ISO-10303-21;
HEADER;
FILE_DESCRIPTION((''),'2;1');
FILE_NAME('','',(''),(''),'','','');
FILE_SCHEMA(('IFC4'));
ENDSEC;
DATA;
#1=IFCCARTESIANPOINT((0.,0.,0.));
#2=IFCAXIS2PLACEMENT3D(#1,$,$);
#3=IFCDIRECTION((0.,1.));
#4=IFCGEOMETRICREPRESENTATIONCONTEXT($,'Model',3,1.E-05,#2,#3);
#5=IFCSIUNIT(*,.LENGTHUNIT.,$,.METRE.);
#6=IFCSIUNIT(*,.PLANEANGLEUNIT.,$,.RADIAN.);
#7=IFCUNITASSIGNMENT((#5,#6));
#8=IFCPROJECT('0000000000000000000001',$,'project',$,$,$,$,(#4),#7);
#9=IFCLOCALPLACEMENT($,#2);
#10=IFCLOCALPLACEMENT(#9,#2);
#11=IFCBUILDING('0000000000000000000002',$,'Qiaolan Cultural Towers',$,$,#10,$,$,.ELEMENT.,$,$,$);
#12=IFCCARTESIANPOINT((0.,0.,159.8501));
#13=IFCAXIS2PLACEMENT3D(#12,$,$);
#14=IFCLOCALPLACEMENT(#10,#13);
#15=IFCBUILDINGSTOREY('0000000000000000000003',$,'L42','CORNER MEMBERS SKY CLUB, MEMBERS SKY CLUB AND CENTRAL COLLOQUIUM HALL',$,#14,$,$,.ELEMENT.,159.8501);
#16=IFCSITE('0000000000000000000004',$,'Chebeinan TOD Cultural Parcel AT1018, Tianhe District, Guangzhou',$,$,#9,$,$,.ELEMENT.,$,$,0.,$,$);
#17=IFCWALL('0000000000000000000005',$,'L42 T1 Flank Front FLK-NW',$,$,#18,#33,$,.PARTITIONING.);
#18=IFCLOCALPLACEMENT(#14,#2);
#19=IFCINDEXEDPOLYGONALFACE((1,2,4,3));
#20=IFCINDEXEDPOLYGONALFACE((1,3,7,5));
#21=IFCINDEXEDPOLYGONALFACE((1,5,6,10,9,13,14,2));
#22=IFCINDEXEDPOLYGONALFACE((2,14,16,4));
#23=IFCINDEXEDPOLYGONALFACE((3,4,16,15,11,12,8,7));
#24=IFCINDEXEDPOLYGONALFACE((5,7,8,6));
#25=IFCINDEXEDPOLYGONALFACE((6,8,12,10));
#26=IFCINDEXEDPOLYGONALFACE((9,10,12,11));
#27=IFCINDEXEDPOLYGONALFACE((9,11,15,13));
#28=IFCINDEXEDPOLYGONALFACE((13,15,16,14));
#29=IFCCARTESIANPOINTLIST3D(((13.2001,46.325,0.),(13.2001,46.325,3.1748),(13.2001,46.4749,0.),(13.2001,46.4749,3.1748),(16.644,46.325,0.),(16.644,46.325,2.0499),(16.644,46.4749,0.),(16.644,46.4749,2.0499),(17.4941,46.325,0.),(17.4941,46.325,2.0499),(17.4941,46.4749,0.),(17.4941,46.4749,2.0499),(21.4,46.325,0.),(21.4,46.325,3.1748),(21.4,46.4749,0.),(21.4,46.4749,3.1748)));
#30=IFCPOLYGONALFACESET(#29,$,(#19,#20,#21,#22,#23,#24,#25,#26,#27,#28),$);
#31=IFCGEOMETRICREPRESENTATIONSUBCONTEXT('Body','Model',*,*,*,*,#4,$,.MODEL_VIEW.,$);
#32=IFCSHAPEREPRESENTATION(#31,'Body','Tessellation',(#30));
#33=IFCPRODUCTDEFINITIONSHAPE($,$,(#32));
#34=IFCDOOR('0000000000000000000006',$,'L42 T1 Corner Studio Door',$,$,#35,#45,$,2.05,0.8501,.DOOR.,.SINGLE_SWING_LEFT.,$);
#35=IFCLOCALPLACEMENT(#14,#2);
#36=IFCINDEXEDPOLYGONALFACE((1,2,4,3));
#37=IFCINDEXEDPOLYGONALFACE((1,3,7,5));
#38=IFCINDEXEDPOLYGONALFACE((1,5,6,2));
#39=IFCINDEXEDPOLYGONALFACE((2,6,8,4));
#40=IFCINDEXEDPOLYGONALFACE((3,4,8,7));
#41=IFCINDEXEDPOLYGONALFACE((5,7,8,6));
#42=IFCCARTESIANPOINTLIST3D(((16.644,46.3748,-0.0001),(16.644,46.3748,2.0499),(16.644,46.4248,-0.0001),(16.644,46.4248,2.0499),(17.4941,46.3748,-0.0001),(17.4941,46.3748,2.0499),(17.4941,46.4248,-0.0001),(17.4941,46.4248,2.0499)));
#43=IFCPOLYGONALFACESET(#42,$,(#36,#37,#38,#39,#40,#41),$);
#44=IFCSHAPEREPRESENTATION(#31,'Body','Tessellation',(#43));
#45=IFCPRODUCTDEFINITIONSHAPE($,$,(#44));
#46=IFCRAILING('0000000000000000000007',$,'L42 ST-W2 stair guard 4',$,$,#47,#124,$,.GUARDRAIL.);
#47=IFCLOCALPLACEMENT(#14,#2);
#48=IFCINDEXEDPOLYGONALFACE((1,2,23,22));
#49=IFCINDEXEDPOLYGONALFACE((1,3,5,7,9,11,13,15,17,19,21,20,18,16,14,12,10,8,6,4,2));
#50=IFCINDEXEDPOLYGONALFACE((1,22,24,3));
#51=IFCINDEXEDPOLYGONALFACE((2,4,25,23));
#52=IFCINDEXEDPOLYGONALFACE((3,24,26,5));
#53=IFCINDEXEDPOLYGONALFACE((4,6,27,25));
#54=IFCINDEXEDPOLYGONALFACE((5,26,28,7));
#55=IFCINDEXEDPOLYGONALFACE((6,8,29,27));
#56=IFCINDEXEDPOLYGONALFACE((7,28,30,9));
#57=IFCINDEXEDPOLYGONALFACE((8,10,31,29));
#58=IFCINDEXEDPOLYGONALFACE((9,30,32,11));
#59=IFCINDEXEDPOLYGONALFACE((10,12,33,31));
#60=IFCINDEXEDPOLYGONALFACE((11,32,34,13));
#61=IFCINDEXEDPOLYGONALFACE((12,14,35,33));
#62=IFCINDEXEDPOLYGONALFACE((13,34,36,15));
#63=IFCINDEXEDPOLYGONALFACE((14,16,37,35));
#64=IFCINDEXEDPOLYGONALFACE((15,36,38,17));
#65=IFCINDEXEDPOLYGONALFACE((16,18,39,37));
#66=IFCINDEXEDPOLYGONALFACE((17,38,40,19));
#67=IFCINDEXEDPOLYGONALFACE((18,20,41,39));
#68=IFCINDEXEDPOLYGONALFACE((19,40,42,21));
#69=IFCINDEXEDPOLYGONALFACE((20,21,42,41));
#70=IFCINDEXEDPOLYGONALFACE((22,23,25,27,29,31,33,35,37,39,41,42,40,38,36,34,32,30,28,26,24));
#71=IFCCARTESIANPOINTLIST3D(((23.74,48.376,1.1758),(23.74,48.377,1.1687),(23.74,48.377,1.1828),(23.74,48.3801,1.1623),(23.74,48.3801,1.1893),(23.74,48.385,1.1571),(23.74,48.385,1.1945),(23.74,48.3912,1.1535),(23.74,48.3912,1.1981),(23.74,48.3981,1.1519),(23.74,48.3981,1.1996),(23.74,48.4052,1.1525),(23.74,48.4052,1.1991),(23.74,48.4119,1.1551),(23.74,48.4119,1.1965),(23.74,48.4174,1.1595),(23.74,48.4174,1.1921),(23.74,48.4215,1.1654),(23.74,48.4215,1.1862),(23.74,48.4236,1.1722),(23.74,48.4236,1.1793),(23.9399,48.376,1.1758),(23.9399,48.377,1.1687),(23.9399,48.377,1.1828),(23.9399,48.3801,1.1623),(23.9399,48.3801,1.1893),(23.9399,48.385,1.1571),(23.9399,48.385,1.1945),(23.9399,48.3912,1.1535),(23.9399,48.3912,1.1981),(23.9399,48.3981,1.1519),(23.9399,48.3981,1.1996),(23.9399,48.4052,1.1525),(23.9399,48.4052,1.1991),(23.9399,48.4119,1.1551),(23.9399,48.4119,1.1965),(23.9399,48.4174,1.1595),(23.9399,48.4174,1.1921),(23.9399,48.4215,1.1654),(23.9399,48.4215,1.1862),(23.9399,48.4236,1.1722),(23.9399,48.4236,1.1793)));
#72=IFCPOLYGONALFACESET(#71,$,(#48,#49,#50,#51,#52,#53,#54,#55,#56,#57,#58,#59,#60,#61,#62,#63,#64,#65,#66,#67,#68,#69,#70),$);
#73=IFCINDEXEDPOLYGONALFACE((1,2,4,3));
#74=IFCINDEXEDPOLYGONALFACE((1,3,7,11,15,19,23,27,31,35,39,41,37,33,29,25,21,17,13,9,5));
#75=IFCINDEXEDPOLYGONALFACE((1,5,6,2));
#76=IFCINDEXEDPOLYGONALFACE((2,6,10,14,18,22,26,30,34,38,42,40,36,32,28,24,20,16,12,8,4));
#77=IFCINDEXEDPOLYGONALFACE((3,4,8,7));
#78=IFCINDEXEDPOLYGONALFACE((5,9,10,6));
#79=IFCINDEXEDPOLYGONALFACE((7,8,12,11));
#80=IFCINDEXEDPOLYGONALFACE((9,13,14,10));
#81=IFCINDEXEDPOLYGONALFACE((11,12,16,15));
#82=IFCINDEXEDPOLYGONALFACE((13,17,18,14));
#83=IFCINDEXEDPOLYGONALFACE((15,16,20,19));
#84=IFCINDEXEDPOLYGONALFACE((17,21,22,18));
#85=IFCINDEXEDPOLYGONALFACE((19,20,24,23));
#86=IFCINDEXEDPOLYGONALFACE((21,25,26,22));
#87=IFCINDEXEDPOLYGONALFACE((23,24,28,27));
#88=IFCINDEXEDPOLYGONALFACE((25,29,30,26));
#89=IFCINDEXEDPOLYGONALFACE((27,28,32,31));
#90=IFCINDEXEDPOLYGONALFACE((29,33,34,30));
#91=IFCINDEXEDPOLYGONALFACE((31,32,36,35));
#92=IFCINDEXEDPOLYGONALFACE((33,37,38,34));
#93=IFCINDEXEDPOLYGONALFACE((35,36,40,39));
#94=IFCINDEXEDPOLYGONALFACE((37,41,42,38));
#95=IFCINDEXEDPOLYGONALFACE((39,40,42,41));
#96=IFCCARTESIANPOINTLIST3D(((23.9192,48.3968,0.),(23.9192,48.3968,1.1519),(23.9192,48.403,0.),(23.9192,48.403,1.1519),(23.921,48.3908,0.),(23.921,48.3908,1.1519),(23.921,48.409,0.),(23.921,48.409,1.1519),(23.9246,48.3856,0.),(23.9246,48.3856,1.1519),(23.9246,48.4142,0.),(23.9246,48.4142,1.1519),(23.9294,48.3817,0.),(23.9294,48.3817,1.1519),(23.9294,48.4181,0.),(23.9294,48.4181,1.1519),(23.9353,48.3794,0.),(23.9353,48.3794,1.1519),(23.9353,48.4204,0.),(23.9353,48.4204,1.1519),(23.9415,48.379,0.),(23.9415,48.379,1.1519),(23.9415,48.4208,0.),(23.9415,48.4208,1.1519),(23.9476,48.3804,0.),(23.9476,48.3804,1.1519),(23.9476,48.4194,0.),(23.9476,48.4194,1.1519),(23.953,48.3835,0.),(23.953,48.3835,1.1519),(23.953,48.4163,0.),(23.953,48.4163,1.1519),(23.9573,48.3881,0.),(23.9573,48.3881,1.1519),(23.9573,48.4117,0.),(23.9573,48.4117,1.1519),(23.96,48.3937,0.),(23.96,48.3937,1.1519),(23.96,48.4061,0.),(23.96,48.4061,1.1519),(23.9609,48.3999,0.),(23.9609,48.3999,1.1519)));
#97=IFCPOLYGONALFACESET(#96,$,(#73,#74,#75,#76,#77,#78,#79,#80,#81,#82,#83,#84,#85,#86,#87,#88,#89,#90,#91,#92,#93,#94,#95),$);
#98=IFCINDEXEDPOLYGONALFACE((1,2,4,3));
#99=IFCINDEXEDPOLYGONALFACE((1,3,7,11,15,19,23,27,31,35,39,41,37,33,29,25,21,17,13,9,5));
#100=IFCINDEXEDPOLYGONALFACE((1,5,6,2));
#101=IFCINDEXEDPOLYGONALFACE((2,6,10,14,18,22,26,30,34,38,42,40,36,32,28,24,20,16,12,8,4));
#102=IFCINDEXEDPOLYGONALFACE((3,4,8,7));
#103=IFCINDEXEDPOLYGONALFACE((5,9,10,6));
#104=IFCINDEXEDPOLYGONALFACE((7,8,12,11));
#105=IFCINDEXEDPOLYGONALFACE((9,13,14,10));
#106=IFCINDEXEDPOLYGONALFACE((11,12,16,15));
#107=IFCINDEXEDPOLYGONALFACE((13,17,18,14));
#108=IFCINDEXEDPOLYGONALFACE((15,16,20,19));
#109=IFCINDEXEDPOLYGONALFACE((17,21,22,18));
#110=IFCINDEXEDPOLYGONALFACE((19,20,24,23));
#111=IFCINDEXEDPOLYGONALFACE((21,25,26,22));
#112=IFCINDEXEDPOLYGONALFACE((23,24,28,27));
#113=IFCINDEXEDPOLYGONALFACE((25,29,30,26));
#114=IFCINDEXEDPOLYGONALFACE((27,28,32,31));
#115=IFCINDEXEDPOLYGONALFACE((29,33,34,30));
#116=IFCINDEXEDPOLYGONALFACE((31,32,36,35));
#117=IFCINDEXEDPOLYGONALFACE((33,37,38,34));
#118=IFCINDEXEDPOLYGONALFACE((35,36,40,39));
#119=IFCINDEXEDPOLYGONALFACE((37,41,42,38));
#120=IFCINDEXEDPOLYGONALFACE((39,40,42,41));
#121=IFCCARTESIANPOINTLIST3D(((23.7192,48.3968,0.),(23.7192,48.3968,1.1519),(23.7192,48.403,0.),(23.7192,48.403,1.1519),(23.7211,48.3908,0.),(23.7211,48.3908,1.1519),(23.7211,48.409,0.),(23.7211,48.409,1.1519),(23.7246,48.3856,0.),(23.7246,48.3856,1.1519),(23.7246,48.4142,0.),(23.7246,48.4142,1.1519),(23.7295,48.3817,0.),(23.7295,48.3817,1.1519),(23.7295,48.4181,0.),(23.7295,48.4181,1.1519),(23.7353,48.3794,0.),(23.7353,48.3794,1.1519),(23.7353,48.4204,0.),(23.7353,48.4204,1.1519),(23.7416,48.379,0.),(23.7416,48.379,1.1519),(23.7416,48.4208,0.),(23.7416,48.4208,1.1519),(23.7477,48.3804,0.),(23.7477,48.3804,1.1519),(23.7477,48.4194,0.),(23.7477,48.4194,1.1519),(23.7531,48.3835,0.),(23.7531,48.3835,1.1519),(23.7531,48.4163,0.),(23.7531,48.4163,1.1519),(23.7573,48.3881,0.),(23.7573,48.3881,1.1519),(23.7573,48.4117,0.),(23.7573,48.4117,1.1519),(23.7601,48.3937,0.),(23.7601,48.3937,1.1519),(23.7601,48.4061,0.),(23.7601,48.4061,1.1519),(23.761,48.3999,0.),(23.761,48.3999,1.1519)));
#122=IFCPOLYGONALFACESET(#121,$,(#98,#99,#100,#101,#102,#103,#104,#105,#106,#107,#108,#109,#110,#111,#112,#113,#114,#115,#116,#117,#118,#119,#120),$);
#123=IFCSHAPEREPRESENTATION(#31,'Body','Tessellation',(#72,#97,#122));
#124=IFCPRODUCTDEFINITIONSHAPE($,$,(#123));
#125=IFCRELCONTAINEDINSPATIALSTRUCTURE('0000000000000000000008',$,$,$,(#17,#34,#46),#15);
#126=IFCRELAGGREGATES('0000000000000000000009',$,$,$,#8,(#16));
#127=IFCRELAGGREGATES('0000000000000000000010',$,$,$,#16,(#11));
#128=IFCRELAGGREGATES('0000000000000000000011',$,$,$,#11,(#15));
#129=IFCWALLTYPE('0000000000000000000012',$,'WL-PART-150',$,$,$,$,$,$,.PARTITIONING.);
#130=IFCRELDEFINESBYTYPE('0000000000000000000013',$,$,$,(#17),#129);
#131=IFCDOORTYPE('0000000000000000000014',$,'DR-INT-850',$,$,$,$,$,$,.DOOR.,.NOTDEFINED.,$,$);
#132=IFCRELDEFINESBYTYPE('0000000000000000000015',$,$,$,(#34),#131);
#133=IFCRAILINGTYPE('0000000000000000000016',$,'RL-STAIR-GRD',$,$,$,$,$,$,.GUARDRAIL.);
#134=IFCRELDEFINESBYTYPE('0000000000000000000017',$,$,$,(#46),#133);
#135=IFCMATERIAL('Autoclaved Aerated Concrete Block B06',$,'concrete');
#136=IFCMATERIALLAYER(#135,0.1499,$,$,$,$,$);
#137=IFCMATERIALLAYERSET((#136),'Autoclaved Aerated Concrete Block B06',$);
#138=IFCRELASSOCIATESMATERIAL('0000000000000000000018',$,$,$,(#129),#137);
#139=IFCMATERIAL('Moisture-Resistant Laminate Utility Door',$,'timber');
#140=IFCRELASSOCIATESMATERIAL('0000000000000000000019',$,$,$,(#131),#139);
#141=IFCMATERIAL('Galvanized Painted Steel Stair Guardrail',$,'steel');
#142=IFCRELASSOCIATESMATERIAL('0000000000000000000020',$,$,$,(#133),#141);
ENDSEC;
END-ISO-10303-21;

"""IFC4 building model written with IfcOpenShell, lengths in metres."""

from ifc_helpers import new_model, si_unit, direction, frame, frame_2d, origin, origin_2d, place, context, subcontext, project, spatial, rectangle, circle, extrude, material, layer, layer_set, type_object, element, fill, save


model = new_model("IFC4")

# Units and contexts
model_context = context("Model", 3, precision=1e-05, world=origin(), true_north=direction((0.0, 1.0)))
body_context = subcontext(model_context, "Body", "Model", "MODEL_VIEW")
ifc_project = project(units=[si_unit("LENGTHUNIT", "METRE"), si_unit("PLANEANGLEUNIT", "RADIAN")], contexts=[model_context])

# Site, building, storey
site_placement = place(None, origin())
site = spatial("IfcSite", under=ifc_project, at=site_placement, Name="Chebeinan TOD Cultural Parcel AT1018, Tianhe District, Guangzhou", CompositionType="ELEMENT", RefElevation=0.0)
building_placement = place(site_placement, origin())
building = spatial("IfcBuilding", under=site, at=building_placement, Name="Qiaolan Cultural Towers", CompositionType="ELEMENT")
storey_placement = place(building_placement, frame((0.0, 0.0, 159.8501)))
storey = spatial("IfcBuildingStorey", under=building, at=storey_placement, Name="L42", Description="CORNER MEMBERS SKY CLUB, MEMBERS SKY CLUB AND CENTRAL COLLOQUIUM HALL", CompositionType="ELEMENT", Elevation=159.8501)

# Wall, opening, door
ifc_material_1 = material(Name="Autoclaved Aerated Concrete Block B06", Category="concrete")
ifc_layer_1 = layer(ifc_material_1, 0.1499)
ifc_layer_set_1 = layer_set([ifc_layer_1], Name="Autoclaved Aerated Concrete Block B06")
wall_type_1 = type_object("IfcWallType", Name="WL-PART-150", PredefinedType="PARTITIONING", material=ifc_layer_set_1)
wall_1_placement = place(storey_placement, frame((13.2, 46.3999, 0.0), z_axis=(0.0, 0.0, 1.0), x_axis=(1.0, 0.0, 0.0)))
wall_1 = element("IfcWall", 1, at=wall_1_placement, inside=storey, type_object=wall_type_1, Name="L42 T1 Flank Front FLK-NW", PredefinedType="PARTITIONING", context=body_context, shape_type="SweptSolid", body=[
    extrude(rectangle(XDim=8.2, YDim=0.1499, at=frame_2d((4.1001, 0.0))), origin(), (0.0, 0.0, 1.0), 3.1748),
])
opening_placement = place(wall_1_placement, frame((3.4441, 0.0, 0.0)))
opening = element("IfcOpeningElement", 2, at=opening_placement, cuts=wall_1, PredefinedType="OPENING", context=body_context, shape_type="SweptSolid", body=[
    extrude(rectangle(XDim=0.8501, YDim=2.05, at=frame_2d((0.425, 1.0249))), frame((0.0, 0.085, 0.0), z_axis=(0.0, -1.0, 0.0), x_axis=(1.0, 0.0, 0.0)), (0.0, 0.0, 1.0), 0.1699),
])
ifc_material_2 = material(Name="Moisture-Resistant Laminate Utility Door", Category="timber")
door_type = type_object("IfcDoorType", Name="DR-INT-850", OperationType="NOTDEFINED", PredefinedType="DOOR", material=ifc_material_2)
door_placement = place(opening_placement, origin())
door = element("IfcDoor", 3, at=door_placement, inside=storey, type_object=door_type, Name="L42 T1 Corner Studio Door", OperationType="SINGLE_SWING_LEFT", OverallHeight=2.05, OverallWidth=0.8501, PredefinedType="DOOR", context=body_context, shape_type="SweptSolid", body=[
    extrude(rectangle(XDim=0.8501, YDim=2.05, at=frame_2d((0.425, 1.0249))), frame((0.0, 0.0249, 0.0), z_axis=(0.0, -1.0, 0.0), x_axis=(1.0, 0.0, 0.0)), (0.0, 0.0, 1.0), 0.05),
])
fill(opening, door)

# Railing
ifc_material_3 = material(Name="Galvanized Painted Steel Stair Guardrail", Category="steel")
railing_type = type_object("IfcRailingType", Name="RL-STAIR-GRD", PredefinedType="GUARDRAIL", material=ifc_material_3)
railing_placement = place(storey_placement, frame((23.9399, 48.3999, 0.0)))
element("IfcRailing", 4, at=railing_placement, inside=storey, type_object=railing_type, Name="L42 ST-W2 stair guard 4", PredefinedType="GUARDRAIL", context=body_context, shape_type="SweptSolid", body=[
    extrude(circle(Radius=0.0239, at=origin_2d()), frame((0.0, 0.0, 1.1758), z_axis=(-1.0, 0.0, 0.0), x_axis=(0.0, -1.0, 0.0)), (0.0, 0.0, 1.0), 0.2),
    extrude(circle(Radius=0.021, at=origin_2d()), origin(), (0.0, 0.0, 1.0), 1.1519),
    extrude(circle(Radius=0.021, at=origin_2d()), frame((-0.2, 0.0, 0.0)), (0.0, 0.0, 1.0), 1.1519),
])

save(model, "model.ifc")
